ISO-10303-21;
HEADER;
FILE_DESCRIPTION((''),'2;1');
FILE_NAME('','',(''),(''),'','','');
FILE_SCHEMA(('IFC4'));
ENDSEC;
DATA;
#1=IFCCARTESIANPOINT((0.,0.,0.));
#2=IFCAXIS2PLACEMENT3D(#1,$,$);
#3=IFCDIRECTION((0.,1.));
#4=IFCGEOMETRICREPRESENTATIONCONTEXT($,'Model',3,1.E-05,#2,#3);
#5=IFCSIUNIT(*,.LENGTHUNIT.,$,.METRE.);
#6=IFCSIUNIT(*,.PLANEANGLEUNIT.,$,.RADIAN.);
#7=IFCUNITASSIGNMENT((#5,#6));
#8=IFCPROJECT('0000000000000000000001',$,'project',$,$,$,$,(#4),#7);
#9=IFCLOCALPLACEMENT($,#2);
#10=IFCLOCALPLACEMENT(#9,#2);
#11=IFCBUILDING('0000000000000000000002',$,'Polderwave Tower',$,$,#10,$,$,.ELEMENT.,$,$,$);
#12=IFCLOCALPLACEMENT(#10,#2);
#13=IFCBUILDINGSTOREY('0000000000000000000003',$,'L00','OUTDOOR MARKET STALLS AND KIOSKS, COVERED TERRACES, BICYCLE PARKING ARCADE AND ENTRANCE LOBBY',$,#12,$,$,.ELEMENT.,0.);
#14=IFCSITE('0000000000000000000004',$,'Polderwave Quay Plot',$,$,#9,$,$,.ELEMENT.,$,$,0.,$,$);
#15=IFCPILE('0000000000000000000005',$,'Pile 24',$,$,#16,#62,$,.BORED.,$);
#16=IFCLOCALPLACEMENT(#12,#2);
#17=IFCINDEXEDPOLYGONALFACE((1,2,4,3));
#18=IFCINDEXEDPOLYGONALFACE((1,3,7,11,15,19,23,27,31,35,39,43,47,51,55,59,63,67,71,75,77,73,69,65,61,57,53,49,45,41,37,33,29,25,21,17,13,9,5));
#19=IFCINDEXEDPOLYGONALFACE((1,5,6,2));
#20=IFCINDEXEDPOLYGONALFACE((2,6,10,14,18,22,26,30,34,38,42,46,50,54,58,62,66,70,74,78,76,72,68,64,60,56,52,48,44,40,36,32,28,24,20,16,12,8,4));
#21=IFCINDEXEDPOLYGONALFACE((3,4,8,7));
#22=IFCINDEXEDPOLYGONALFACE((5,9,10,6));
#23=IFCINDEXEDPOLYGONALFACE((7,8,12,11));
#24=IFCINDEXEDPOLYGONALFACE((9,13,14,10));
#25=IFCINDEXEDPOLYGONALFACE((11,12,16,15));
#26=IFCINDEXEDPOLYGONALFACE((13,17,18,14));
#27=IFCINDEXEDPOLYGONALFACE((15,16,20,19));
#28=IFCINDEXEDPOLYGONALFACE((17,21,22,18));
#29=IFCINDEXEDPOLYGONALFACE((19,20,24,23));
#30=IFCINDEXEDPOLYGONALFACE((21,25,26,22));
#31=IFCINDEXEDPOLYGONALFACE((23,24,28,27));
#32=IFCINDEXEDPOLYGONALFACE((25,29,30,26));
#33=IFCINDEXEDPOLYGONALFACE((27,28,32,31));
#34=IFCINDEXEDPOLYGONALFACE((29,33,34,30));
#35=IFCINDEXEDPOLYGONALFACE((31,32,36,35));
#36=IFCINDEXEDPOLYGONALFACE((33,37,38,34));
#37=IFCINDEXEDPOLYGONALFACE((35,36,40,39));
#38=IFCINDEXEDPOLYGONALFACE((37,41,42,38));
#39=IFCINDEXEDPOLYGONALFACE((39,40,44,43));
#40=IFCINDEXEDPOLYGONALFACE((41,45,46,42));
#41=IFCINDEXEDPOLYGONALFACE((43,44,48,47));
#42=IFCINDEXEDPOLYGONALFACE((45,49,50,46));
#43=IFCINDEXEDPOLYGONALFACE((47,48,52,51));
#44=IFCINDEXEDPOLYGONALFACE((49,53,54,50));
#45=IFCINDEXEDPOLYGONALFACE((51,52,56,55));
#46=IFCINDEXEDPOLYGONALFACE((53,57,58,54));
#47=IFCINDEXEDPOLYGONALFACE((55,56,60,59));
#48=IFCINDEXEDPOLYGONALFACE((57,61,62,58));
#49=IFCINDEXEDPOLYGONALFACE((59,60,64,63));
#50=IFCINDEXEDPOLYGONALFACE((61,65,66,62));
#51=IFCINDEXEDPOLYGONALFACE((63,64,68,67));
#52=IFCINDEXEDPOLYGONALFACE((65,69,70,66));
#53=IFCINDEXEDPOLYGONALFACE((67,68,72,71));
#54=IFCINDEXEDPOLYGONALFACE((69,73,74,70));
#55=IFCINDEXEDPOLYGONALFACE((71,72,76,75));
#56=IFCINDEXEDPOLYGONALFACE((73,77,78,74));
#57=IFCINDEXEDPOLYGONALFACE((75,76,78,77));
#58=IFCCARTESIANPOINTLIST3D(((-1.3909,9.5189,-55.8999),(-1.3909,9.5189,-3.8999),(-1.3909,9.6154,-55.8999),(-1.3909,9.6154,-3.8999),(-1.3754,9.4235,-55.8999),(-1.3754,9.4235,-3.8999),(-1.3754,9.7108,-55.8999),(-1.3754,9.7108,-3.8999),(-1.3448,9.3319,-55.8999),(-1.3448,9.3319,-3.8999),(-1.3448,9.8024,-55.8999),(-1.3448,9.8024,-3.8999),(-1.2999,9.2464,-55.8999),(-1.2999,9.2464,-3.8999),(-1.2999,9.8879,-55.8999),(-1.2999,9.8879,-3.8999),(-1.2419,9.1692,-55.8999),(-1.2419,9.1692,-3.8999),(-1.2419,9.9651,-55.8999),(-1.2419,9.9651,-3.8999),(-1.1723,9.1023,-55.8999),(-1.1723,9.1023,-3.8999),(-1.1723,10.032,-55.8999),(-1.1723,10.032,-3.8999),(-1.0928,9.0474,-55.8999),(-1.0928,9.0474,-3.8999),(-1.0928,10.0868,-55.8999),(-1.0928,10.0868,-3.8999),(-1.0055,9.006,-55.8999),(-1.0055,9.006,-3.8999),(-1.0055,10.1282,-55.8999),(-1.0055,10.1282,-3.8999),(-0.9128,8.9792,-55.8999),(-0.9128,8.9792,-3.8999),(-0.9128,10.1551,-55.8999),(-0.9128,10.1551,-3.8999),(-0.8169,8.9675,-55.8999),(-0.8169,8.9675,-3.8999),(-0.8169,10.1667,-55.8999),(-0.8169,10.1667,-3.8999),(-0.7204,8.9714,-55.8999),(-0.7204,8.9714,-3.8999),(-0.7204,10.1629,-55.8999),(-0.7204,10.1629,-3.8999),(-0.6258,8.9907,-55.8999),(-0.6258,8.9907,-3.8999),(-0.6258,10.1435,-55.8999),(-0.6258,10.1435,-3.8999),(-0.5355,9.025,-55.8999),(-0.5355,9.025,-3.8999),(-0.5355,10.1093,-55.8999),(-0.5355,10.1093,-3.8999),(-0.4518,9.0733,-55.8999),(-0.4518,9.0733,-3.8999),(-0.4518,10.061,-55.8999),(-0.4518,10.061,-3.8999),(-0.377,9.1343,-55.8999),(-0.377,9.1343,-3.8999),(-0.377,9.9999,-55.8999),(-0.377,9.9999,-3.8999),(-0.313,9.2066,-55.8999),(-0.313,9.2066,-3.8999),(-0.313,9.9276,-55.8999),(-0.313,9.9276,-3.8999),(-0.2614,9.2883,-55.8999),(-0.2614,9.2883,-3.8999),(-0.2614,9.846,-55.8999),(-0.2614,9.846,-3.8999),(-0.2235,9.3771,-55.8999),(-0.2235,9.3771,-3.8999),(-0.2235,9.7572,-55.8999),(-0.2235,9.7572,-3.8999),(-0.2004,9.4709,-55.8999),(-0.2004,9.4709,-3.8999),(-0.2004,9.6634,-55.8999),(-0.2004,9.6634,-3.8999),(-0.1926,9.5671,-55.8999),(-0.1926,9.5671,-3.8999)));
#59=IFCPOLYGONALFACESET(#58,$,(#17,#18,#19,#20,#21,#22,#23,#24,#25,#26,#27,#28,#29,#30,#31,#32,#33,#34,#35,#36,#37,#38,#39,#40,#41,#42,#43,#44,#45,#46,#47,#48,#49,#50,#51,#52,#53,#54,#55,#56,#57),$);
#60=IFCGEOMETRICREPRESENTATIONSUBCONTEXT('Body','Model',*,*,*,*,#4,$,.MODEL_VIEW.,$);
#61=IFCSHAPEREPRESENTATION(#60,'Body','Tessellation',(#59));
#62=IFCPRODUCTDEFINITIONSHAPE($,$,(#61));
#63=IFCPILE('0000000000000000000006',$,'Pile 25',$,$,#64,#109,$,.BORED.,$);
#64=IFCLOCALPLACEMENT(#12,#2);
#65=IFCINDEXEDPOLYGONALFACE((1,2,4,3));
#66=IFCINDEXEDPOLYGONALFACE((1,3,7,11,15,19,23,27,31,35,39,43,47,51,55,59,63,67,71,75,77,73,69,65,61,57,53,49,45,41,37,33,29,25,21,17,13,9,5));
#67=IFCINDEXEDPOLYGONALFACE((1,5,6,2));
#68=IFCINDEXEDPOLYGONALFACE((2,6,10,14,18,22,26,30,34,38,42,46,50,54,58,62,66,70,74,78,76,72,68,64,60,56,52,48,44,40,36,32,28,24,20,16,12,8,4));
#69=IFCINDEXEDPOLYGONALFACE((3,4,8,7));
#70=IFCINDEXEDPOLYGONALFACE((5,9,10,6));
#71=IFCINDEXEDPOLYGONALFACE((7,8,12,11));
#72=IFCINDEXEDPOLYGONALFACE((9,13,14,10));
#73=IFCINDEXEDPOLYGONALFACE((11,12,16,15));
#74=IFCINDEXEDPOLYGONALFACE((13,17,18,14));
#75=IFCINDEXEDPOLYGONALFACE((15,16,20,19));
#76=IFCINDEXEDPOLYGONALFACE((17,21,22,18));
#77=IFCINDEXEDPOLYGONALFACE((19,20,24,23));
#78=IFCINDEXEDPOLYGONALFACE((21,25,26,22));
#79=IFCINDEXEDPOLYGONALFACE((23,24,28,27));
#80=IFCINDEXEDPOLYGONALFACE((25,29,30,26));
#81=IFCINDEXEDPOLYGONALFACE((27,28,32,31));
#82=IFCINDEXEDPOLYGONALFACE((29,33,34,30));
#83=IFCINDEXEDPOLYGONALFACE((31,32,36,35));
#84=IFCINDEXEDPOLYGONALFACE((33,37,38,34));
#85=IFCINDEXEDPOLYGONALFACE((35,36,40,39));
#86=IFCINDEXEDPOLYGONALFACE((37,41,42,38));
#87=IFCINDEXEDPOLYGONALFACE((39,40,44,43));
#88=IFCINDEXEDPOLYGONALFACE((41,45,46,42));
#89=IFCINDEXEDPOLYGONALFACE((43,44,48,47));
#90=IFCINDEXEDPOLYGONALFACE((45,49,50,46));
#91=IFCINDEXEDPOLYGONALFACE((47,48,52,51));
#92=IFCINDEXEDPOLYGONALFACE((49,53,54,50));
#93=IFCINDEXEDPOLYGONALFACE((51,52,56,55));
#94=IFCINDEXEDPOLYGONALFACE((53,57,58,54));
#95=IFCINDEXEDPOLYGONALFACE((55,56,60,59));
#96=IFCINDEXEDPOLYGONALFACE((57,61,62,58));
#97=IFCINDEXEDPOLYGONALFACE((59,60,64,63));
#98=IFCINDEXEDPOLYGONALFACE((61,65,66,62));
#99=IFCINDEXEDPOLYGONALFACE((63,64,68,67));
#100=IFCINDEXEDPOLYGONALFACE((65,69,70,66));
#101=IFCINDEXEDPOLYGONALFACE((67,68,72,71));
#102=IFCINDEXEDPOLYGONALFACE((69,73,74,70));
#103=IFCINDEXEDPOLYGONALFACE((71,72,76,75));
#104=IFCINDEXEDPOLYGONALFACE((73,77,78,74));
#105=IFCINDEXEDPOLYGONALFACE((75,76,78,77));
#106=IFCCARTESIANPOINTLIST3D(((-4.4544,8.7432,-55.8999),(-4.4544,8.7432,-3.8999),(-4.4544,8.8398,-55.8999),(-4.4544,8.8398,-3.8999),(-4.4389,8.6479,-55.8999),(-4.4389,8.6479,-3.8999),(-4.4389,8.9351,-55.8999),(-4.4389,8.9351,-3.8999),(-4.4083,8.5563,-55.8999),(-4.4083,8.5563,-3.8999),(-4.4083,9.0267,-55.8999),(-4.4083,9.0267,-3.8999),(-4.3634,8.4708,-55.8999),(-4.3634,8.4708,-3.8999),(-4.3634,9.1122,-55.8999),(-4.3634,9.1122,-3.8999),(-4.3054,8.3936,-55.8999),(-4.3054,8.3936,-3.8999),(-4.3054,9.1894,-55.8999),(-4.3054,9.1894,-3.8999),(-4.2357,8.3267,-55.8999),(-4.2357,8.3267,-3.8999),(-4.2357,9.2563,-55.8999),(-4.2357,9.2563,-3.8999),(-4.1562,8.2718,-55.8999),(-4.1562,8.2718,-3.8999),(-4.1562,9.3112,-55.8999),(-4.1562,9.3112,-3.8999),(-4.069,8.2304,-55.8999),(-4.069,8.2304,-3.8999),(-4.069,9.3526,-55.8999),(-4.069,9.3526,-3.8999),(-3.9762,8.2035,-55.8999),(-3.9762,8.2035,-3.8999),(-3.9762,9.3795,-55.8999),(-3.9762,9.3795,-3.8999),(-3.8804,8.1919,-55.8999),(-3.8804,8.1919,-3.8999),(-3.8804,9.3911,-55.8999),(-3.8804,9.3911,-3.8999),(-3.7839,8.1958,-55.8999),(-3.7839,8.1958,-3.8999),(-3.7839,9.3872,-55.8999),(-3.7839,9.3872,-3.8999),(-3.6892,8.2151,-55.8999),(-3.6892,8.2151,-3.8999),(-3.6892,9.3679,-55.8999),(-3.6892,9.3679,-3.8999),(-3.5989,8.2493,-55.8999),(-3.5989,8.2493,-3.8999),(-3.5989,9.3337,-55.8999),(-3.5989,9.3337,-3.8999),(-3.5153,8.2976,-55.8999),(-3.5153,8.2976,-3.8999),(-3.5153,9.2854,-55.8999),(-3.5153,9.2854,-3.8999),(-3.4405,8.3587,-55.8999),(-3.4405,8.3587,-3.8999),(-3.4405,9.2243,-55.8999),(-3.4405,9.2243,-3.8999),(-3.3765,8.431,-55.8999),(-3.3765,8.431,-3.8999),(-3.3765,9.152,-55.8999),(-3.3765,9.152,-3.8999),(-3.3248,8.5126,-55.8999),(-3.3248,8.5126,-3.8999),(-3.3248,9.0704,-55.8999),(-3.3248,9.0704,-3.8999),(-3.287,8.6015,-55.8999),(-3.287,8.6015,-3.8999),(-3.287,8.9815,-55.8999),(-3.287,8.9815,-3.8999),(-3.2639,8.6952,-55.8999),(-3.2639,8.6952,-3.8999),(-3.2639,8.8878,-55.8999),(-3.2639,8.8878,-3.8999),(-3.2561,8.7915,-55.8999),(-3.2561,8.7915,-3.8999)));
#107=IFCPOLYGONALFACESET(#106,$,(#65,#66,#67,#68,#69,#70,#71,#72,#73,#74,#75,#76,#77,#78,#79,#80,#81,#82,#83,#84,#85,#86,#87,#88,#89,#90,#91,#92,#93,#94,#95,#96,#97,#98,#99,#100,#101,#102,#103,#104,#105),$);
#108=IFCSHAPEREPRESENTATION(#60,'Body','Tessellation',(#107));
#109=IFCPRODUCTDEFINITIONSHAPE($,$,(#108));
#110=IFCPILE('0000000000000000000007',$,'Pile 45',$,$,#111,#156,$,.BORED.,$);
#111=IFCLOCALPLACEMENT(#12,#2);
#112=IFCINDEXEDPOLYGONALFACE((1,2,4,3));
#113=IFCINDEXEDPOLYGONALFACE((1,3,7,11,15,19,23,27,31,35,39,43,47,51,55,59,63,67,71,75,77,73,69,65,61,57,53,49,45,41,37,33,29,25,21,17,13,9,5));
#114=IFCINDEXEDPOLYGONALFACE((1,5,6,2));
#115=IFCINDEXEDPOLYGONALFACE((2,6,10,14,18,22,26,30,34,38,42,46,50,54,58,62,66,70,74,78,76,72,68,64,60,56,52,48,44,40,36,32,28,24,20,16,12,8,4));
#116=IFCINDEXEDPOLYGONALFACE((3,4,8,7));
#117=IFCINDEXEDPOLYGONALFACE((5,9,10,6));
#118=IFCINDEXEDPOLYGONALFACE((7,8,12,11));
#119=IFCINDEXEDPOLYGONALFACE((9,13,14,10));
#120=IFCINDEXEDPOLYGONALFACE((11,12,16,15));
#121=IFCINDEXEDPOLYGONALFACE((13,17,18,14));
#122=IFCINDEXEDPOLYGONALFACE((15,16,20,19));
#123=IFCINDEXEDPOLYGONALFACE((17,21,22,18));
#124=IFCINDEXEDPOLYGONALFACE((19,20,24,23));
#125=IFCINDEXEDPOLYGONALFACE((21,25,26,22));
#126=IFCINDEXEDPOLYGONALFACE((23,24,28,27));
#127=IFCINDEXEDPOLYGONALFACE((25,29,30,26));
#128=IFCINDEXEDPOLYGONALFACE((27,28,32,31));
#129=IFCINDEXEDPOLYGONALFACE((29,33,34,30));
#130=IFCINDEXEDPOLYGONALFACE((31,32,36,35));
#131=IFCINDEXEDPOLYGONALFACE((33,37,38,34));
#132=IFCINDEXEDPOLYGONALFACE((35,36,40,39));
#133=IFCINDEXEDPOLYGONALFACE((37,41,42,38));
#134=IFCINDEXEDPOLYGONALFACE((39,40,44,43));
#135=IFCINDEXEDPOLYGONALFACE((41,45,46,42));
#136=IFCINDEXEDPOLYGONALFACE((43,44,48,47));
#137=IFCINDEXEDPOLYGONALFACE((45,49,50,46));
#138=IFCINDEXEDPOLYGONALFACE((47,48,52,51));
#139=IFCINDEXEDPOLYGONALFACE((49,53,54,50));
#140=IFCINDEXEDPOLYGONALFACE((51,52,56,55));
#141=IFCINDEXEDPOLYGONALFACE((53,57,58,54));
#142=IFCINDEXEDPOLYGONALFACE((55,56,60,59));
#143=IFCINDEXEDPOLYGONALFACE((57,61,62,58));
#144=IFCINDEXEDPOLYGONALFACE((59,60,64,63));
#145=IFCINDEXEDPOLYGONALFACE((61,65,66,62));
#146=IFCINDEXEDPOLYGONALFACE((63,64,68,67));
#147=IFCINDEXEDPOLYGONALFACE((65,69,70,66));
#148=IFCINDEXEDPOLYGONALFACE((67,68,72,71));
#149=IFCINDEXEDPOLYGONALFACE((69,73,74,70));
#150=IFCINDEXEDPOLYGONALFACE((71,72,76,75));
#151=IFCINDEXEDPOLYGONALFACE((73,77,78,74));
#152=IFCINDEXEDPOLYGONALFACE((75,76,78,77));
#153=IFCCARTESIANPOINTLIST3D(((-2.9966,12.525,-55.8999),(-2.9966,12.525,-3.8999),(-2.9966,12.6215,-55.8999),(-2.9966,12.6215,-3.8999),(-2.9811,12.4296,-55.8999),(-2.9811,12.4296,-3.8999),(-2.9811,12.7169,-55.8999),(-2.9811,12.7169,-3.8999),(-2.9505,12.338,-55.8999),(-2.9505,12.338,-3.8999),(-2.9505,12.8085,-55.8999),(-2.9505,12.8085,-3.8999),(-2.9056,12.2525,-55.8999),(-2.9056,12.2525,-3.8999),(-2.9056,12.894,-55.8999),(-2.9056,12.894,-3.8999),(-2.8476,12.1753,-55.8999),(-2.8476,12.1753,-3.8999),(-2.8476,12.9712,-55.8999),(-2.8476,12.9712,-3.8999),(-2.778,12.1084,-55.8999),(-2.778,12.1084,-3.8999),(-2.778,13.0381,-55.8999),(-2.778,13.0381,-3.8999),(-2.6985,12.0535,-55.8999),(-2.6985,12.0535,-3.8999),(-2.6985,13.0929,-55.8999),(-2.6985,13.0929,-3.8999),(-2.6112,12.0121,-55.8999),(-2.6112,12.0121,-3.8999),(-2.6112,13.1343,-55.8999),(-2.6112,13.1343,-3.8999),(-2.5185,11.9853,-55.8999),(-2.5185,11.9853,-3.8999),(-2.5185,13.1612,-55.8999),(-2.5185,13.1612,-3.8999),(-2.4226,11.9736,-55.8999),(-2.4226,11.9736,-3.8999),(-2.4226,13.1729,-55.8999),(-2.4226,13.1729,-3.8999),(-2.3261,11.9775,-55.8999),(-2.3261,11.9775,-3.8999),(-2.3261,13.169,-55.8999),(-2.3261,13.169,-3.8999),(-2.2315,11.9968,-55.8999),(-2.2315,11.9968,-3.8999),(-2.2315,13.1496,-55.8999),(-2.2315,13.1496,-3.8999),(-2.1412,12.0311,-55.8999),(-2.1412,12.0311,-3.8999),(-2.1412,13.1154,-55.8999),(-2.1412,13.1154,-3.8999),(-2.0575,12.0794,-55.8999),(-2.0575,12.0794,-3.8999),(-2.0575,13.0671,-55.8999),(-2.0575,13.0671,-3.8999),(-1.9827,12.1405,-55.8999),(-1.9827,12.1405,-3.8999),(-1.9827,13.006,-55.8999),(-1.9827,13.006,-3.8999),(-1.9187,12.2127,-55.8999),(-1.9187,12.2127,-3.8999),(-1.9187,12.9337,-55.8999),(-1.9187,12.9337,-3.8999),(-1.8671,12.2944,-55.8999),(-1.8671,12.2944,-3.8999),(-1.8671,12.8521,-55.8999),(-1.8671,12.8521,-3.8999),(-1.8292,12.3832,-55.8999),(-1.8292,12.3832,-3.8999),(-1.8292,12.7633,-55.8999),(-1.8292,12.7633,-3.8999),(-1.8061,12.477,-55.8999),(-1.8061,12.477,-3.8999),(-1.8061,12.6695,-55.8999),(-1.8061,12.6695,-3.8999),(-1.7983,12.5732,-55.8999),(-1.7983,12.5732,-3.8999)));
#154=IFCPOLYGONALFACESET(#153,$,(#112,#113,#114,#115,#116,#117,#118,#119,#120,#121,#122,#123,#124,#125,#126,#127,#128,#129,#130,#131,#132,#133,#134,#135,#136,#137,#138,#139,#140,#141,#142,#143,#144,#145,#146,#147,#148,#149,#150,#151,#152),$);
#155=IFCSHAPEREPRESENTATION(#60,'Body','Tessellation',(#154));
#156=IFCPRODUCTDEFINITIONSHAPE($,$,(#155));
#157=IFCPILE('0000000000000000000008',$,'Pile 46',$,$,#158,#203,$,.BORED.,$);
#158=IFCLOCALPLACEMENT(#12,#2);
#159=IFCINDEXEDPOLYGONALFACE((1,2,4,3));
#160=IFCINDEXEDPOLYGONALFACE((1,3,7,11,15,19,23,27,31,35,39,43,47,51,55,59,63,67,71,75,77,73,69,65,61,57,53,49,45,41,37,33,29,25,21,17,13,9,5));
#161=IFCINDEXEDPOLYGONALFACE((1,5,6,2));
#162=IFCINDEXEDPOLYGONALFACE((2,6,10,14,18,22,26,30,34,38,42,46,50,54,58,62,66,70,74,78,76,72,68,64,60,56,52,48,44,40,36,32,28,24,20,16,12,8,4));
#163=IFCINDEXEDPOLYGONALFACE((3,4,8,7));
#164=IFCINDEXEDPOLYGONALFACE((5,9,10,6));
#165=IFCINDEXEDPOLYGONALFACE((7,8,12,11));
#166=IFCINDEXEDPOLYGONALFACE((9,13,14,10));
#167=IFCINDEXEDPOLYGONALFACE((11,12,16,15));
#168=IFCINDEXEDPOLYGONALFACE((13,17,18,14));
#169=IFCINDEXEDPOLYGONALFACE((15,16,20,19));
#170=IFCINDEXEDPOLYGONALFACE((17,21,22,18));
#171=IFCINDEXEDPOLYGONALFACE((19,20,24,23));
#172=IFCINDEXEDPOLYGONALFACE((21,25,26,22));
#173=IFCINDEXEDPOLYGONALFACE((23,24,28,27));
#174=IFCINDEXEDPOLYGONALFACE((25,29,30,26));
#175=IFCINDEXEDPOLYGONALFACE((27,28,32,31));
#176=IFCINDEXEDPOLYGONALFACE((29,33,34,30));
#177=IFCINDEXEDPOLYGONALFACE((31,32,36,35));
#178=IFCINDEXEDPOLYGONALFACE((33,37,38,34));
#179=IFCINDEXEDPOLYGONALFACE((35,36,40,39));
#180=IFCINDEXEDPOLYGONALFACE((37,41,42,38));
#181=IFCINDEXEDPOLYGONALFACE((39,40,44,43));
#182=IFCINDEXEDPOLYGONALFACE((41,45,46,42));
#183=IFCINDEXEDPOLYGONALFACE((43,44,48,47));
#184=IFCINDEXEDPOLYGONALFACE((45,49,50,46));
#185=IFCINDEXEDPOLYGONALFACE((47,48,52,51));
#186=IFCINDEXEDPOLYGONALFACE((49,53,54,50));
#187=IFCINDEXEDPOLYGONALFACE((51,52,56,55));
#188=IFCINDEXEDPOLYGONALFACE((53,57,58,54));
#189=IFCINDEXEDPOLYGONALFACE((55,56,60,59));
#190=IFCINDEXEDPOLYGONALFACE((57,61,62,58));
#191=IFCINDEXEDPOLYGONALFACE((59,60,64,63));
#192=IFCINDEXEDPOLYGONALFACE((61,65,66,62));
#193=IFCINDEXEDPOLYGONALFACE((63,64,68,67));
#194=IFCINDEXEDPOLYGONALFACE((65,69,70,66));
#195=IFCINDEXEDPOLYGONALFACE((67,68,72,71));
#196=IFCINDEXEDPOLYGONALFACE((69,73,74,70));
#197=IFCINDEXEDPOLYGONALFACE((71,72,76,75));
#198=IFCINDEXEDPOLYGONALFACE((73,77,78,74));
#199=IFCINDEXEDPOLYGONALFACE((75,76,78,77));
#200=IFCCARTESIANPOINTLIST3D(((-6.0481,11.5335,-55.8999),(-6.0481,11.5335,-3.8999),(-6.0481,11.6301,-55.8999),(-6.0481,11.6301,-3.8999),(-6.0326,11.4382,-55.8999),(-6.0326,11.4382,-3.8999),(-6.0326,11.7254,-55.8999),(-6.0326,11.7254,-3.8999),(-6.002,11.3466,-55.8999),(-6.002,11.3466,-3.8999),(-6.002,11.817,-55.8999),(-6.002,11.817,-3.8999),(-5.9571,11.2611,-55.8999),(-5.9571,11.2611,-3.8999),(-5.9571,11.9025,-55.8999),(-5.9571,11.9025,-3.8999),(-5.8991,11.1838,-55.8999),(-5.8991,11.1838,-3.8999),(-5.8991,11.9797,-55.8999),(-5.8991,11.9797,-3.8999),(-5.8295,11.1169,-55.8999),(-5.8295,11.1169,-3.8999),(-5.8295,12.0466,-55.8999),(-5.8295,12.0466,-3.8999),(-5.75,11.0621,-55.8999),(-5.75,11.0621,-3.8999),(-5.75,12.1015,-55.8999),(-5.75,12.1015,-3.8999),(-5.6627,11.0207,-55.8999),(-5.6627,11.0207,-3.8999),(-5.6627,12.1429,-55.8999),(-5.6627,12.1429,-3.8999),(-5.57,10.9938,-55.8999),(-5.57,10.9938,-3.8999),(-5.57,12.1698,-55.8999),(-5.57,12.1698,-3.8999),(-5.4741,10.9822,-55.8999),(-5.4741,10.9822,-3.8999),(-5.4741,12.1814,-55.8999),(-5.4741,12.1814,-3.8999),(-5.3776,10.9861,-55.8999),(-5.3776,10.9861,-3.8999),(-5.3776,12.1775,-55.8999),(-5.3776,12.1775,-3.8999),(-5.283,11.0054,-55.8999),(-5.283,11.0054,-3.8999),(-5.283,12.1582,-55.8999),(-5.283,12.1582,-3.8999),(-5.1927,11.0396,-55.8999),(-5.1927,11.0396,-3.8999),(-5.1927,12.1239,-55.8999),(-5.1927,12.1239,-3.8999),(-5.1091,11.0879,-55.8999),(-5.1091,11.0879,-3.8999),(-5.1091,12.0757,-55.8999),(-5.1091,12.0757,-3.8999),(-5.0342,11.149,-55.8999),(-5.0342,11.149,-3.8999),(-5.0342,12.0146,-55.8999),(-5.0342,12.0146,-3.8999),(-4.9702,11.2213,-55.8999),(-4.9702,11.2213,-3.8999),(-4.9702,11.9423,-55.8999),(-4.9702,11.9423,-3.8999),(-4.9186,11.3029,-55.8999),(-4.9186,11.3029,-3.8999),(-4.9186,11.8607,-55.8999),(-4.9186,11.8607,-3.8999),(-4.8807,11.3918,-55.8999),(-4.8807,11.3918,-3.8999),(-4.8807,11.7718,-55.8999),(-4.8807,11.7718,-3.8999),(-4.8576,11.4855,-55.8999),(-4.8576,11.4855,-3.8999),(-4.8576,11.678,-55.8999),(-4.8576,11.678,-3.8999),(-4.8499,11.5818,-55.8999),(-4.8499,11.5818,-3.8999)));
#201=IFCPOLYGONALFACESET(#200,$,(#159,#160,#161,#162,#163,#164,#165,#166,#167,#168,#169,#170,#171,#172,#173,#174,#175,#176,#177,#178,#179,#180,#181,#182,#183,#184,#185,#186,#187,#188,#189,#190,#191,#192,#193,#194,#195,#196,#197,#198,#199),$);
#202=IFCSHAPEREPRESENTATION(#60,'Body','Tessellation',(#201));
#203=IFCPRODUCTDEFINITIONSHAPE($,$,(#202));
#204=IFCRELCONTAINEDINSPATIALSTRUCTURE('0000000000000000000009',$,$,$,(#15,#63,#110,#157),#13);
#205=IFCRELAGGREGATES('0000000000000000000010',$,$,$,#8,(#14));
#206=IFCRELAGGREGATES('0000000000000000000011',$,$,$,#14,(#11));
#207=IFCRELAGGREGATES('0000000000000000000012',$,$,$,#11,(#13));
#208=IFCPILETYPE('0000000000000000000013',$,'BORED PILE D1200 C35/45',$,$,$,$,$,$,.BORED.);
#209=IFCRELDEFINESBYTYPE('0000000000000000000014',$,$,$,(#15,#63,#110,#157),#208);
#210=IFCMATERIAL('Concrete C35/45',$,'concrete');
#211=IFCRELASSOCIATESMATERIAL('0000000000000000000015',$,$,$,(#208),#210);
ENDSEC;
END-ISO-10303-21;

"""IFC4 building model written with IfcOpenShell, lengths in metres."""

from ifc_helpers import new_model, si_unit, direction, frame, origin, origin_2d, place, context, subcontext, project, spatial, circle, extrude, material, material_profile, profile_set, type_object, element, save


model = new_model("IFC4")

# Units and contexts
model_context = context("Model", 3, precision=1e-05, world=origin(), true_north=direction((0.0, 1.0)))
body_context = subcontext(model_context, "Body", "Model", "MODEL_VIEW")
ifc_project = project(units=[si_unit("LENGTHUNIT", "METRE"), si_unit("PLANEANGLEUNIT", "RADIAN")], contexts=[model_context])

# Site, building, storey
site_placement = place(None, origin())
site = spatial("IfcSite", under=ifc_project, at=site_placement, Name="Polderwave Quay Plot", CompositionType="ELEMENT", RefElevation=0.0)
building_placement = place(site_placement, origin())
building = spatial("IfcBuilding", under=site, at=building_placement, Name="Polderwave Tower", CompositionType="ELEMENT")
storey_placement = place(building_placement, origin())
storey = spatial("IfcBuildingStorey", under=building, at=storey_placement, Name="L00", Description="OUTDOOR MARKET STALLS AND KIOSKS, COVERED TERRACES, BICYCLE PARKING ARCADE AND ENTRANCE LOBBY", CompositionType="ELEMENT", Elevation=0.0)

# Piles
ifc_material_1 = material(Name="Concrete C35/45", Category="concrete")
ifc_material_profile_1 = material_profile(ifc_material_1, circle(Radius=0.6001, at=origin_2d()), Name="BORED D1200")
ifc_profile_set_1 = profile_set([ifc_material_profile_1], Name="Concrete C35/45")
pile_type = type_object("IfcPileType", Name="BORED PILE D1200 C35/45", PredefinedType="BORED", material=ifc_profile_set_1)
for number, where, z_axis, x_axis, name in (
    (1, (-0.7927, 9.5671, -3.8999), (0.0, 0.0, -1.0), (1.0, 0.0, 0.0), "Pile 24"),
    (2, (-3.8562, 8.7915, -3.8999), (0.0, 0.0, -1.0), (1.0, 0.0, 0.0), "Pile 25"),
    (3, (-2.3984, 12.5732, -3.8999), (0.0, 0.0, -1.0), (1.0, 0.0, 0.0), "Pile 45"),
    (4, (-5.45, 11.5818, -3.8999), (0.0, 0.0, -1.0), (1.0, 0.0, 0.0), "Pile 46"),
):
    element("IfcPile", number, at=place(storey_placement, frame(where, z_axis=z_axis, x_axis=x_axis)), inside=storey, type_object=pile_type, Name=name, PredefinedType="BORED", context=body_context, shape_type="SweptSolid", body=[
        extrude(circle(Radius=0.6001, at=origin_2d()), origin(), (0.0, 0.0, 1.0), 52.0),
    ])

save(model, "model.ifc")
